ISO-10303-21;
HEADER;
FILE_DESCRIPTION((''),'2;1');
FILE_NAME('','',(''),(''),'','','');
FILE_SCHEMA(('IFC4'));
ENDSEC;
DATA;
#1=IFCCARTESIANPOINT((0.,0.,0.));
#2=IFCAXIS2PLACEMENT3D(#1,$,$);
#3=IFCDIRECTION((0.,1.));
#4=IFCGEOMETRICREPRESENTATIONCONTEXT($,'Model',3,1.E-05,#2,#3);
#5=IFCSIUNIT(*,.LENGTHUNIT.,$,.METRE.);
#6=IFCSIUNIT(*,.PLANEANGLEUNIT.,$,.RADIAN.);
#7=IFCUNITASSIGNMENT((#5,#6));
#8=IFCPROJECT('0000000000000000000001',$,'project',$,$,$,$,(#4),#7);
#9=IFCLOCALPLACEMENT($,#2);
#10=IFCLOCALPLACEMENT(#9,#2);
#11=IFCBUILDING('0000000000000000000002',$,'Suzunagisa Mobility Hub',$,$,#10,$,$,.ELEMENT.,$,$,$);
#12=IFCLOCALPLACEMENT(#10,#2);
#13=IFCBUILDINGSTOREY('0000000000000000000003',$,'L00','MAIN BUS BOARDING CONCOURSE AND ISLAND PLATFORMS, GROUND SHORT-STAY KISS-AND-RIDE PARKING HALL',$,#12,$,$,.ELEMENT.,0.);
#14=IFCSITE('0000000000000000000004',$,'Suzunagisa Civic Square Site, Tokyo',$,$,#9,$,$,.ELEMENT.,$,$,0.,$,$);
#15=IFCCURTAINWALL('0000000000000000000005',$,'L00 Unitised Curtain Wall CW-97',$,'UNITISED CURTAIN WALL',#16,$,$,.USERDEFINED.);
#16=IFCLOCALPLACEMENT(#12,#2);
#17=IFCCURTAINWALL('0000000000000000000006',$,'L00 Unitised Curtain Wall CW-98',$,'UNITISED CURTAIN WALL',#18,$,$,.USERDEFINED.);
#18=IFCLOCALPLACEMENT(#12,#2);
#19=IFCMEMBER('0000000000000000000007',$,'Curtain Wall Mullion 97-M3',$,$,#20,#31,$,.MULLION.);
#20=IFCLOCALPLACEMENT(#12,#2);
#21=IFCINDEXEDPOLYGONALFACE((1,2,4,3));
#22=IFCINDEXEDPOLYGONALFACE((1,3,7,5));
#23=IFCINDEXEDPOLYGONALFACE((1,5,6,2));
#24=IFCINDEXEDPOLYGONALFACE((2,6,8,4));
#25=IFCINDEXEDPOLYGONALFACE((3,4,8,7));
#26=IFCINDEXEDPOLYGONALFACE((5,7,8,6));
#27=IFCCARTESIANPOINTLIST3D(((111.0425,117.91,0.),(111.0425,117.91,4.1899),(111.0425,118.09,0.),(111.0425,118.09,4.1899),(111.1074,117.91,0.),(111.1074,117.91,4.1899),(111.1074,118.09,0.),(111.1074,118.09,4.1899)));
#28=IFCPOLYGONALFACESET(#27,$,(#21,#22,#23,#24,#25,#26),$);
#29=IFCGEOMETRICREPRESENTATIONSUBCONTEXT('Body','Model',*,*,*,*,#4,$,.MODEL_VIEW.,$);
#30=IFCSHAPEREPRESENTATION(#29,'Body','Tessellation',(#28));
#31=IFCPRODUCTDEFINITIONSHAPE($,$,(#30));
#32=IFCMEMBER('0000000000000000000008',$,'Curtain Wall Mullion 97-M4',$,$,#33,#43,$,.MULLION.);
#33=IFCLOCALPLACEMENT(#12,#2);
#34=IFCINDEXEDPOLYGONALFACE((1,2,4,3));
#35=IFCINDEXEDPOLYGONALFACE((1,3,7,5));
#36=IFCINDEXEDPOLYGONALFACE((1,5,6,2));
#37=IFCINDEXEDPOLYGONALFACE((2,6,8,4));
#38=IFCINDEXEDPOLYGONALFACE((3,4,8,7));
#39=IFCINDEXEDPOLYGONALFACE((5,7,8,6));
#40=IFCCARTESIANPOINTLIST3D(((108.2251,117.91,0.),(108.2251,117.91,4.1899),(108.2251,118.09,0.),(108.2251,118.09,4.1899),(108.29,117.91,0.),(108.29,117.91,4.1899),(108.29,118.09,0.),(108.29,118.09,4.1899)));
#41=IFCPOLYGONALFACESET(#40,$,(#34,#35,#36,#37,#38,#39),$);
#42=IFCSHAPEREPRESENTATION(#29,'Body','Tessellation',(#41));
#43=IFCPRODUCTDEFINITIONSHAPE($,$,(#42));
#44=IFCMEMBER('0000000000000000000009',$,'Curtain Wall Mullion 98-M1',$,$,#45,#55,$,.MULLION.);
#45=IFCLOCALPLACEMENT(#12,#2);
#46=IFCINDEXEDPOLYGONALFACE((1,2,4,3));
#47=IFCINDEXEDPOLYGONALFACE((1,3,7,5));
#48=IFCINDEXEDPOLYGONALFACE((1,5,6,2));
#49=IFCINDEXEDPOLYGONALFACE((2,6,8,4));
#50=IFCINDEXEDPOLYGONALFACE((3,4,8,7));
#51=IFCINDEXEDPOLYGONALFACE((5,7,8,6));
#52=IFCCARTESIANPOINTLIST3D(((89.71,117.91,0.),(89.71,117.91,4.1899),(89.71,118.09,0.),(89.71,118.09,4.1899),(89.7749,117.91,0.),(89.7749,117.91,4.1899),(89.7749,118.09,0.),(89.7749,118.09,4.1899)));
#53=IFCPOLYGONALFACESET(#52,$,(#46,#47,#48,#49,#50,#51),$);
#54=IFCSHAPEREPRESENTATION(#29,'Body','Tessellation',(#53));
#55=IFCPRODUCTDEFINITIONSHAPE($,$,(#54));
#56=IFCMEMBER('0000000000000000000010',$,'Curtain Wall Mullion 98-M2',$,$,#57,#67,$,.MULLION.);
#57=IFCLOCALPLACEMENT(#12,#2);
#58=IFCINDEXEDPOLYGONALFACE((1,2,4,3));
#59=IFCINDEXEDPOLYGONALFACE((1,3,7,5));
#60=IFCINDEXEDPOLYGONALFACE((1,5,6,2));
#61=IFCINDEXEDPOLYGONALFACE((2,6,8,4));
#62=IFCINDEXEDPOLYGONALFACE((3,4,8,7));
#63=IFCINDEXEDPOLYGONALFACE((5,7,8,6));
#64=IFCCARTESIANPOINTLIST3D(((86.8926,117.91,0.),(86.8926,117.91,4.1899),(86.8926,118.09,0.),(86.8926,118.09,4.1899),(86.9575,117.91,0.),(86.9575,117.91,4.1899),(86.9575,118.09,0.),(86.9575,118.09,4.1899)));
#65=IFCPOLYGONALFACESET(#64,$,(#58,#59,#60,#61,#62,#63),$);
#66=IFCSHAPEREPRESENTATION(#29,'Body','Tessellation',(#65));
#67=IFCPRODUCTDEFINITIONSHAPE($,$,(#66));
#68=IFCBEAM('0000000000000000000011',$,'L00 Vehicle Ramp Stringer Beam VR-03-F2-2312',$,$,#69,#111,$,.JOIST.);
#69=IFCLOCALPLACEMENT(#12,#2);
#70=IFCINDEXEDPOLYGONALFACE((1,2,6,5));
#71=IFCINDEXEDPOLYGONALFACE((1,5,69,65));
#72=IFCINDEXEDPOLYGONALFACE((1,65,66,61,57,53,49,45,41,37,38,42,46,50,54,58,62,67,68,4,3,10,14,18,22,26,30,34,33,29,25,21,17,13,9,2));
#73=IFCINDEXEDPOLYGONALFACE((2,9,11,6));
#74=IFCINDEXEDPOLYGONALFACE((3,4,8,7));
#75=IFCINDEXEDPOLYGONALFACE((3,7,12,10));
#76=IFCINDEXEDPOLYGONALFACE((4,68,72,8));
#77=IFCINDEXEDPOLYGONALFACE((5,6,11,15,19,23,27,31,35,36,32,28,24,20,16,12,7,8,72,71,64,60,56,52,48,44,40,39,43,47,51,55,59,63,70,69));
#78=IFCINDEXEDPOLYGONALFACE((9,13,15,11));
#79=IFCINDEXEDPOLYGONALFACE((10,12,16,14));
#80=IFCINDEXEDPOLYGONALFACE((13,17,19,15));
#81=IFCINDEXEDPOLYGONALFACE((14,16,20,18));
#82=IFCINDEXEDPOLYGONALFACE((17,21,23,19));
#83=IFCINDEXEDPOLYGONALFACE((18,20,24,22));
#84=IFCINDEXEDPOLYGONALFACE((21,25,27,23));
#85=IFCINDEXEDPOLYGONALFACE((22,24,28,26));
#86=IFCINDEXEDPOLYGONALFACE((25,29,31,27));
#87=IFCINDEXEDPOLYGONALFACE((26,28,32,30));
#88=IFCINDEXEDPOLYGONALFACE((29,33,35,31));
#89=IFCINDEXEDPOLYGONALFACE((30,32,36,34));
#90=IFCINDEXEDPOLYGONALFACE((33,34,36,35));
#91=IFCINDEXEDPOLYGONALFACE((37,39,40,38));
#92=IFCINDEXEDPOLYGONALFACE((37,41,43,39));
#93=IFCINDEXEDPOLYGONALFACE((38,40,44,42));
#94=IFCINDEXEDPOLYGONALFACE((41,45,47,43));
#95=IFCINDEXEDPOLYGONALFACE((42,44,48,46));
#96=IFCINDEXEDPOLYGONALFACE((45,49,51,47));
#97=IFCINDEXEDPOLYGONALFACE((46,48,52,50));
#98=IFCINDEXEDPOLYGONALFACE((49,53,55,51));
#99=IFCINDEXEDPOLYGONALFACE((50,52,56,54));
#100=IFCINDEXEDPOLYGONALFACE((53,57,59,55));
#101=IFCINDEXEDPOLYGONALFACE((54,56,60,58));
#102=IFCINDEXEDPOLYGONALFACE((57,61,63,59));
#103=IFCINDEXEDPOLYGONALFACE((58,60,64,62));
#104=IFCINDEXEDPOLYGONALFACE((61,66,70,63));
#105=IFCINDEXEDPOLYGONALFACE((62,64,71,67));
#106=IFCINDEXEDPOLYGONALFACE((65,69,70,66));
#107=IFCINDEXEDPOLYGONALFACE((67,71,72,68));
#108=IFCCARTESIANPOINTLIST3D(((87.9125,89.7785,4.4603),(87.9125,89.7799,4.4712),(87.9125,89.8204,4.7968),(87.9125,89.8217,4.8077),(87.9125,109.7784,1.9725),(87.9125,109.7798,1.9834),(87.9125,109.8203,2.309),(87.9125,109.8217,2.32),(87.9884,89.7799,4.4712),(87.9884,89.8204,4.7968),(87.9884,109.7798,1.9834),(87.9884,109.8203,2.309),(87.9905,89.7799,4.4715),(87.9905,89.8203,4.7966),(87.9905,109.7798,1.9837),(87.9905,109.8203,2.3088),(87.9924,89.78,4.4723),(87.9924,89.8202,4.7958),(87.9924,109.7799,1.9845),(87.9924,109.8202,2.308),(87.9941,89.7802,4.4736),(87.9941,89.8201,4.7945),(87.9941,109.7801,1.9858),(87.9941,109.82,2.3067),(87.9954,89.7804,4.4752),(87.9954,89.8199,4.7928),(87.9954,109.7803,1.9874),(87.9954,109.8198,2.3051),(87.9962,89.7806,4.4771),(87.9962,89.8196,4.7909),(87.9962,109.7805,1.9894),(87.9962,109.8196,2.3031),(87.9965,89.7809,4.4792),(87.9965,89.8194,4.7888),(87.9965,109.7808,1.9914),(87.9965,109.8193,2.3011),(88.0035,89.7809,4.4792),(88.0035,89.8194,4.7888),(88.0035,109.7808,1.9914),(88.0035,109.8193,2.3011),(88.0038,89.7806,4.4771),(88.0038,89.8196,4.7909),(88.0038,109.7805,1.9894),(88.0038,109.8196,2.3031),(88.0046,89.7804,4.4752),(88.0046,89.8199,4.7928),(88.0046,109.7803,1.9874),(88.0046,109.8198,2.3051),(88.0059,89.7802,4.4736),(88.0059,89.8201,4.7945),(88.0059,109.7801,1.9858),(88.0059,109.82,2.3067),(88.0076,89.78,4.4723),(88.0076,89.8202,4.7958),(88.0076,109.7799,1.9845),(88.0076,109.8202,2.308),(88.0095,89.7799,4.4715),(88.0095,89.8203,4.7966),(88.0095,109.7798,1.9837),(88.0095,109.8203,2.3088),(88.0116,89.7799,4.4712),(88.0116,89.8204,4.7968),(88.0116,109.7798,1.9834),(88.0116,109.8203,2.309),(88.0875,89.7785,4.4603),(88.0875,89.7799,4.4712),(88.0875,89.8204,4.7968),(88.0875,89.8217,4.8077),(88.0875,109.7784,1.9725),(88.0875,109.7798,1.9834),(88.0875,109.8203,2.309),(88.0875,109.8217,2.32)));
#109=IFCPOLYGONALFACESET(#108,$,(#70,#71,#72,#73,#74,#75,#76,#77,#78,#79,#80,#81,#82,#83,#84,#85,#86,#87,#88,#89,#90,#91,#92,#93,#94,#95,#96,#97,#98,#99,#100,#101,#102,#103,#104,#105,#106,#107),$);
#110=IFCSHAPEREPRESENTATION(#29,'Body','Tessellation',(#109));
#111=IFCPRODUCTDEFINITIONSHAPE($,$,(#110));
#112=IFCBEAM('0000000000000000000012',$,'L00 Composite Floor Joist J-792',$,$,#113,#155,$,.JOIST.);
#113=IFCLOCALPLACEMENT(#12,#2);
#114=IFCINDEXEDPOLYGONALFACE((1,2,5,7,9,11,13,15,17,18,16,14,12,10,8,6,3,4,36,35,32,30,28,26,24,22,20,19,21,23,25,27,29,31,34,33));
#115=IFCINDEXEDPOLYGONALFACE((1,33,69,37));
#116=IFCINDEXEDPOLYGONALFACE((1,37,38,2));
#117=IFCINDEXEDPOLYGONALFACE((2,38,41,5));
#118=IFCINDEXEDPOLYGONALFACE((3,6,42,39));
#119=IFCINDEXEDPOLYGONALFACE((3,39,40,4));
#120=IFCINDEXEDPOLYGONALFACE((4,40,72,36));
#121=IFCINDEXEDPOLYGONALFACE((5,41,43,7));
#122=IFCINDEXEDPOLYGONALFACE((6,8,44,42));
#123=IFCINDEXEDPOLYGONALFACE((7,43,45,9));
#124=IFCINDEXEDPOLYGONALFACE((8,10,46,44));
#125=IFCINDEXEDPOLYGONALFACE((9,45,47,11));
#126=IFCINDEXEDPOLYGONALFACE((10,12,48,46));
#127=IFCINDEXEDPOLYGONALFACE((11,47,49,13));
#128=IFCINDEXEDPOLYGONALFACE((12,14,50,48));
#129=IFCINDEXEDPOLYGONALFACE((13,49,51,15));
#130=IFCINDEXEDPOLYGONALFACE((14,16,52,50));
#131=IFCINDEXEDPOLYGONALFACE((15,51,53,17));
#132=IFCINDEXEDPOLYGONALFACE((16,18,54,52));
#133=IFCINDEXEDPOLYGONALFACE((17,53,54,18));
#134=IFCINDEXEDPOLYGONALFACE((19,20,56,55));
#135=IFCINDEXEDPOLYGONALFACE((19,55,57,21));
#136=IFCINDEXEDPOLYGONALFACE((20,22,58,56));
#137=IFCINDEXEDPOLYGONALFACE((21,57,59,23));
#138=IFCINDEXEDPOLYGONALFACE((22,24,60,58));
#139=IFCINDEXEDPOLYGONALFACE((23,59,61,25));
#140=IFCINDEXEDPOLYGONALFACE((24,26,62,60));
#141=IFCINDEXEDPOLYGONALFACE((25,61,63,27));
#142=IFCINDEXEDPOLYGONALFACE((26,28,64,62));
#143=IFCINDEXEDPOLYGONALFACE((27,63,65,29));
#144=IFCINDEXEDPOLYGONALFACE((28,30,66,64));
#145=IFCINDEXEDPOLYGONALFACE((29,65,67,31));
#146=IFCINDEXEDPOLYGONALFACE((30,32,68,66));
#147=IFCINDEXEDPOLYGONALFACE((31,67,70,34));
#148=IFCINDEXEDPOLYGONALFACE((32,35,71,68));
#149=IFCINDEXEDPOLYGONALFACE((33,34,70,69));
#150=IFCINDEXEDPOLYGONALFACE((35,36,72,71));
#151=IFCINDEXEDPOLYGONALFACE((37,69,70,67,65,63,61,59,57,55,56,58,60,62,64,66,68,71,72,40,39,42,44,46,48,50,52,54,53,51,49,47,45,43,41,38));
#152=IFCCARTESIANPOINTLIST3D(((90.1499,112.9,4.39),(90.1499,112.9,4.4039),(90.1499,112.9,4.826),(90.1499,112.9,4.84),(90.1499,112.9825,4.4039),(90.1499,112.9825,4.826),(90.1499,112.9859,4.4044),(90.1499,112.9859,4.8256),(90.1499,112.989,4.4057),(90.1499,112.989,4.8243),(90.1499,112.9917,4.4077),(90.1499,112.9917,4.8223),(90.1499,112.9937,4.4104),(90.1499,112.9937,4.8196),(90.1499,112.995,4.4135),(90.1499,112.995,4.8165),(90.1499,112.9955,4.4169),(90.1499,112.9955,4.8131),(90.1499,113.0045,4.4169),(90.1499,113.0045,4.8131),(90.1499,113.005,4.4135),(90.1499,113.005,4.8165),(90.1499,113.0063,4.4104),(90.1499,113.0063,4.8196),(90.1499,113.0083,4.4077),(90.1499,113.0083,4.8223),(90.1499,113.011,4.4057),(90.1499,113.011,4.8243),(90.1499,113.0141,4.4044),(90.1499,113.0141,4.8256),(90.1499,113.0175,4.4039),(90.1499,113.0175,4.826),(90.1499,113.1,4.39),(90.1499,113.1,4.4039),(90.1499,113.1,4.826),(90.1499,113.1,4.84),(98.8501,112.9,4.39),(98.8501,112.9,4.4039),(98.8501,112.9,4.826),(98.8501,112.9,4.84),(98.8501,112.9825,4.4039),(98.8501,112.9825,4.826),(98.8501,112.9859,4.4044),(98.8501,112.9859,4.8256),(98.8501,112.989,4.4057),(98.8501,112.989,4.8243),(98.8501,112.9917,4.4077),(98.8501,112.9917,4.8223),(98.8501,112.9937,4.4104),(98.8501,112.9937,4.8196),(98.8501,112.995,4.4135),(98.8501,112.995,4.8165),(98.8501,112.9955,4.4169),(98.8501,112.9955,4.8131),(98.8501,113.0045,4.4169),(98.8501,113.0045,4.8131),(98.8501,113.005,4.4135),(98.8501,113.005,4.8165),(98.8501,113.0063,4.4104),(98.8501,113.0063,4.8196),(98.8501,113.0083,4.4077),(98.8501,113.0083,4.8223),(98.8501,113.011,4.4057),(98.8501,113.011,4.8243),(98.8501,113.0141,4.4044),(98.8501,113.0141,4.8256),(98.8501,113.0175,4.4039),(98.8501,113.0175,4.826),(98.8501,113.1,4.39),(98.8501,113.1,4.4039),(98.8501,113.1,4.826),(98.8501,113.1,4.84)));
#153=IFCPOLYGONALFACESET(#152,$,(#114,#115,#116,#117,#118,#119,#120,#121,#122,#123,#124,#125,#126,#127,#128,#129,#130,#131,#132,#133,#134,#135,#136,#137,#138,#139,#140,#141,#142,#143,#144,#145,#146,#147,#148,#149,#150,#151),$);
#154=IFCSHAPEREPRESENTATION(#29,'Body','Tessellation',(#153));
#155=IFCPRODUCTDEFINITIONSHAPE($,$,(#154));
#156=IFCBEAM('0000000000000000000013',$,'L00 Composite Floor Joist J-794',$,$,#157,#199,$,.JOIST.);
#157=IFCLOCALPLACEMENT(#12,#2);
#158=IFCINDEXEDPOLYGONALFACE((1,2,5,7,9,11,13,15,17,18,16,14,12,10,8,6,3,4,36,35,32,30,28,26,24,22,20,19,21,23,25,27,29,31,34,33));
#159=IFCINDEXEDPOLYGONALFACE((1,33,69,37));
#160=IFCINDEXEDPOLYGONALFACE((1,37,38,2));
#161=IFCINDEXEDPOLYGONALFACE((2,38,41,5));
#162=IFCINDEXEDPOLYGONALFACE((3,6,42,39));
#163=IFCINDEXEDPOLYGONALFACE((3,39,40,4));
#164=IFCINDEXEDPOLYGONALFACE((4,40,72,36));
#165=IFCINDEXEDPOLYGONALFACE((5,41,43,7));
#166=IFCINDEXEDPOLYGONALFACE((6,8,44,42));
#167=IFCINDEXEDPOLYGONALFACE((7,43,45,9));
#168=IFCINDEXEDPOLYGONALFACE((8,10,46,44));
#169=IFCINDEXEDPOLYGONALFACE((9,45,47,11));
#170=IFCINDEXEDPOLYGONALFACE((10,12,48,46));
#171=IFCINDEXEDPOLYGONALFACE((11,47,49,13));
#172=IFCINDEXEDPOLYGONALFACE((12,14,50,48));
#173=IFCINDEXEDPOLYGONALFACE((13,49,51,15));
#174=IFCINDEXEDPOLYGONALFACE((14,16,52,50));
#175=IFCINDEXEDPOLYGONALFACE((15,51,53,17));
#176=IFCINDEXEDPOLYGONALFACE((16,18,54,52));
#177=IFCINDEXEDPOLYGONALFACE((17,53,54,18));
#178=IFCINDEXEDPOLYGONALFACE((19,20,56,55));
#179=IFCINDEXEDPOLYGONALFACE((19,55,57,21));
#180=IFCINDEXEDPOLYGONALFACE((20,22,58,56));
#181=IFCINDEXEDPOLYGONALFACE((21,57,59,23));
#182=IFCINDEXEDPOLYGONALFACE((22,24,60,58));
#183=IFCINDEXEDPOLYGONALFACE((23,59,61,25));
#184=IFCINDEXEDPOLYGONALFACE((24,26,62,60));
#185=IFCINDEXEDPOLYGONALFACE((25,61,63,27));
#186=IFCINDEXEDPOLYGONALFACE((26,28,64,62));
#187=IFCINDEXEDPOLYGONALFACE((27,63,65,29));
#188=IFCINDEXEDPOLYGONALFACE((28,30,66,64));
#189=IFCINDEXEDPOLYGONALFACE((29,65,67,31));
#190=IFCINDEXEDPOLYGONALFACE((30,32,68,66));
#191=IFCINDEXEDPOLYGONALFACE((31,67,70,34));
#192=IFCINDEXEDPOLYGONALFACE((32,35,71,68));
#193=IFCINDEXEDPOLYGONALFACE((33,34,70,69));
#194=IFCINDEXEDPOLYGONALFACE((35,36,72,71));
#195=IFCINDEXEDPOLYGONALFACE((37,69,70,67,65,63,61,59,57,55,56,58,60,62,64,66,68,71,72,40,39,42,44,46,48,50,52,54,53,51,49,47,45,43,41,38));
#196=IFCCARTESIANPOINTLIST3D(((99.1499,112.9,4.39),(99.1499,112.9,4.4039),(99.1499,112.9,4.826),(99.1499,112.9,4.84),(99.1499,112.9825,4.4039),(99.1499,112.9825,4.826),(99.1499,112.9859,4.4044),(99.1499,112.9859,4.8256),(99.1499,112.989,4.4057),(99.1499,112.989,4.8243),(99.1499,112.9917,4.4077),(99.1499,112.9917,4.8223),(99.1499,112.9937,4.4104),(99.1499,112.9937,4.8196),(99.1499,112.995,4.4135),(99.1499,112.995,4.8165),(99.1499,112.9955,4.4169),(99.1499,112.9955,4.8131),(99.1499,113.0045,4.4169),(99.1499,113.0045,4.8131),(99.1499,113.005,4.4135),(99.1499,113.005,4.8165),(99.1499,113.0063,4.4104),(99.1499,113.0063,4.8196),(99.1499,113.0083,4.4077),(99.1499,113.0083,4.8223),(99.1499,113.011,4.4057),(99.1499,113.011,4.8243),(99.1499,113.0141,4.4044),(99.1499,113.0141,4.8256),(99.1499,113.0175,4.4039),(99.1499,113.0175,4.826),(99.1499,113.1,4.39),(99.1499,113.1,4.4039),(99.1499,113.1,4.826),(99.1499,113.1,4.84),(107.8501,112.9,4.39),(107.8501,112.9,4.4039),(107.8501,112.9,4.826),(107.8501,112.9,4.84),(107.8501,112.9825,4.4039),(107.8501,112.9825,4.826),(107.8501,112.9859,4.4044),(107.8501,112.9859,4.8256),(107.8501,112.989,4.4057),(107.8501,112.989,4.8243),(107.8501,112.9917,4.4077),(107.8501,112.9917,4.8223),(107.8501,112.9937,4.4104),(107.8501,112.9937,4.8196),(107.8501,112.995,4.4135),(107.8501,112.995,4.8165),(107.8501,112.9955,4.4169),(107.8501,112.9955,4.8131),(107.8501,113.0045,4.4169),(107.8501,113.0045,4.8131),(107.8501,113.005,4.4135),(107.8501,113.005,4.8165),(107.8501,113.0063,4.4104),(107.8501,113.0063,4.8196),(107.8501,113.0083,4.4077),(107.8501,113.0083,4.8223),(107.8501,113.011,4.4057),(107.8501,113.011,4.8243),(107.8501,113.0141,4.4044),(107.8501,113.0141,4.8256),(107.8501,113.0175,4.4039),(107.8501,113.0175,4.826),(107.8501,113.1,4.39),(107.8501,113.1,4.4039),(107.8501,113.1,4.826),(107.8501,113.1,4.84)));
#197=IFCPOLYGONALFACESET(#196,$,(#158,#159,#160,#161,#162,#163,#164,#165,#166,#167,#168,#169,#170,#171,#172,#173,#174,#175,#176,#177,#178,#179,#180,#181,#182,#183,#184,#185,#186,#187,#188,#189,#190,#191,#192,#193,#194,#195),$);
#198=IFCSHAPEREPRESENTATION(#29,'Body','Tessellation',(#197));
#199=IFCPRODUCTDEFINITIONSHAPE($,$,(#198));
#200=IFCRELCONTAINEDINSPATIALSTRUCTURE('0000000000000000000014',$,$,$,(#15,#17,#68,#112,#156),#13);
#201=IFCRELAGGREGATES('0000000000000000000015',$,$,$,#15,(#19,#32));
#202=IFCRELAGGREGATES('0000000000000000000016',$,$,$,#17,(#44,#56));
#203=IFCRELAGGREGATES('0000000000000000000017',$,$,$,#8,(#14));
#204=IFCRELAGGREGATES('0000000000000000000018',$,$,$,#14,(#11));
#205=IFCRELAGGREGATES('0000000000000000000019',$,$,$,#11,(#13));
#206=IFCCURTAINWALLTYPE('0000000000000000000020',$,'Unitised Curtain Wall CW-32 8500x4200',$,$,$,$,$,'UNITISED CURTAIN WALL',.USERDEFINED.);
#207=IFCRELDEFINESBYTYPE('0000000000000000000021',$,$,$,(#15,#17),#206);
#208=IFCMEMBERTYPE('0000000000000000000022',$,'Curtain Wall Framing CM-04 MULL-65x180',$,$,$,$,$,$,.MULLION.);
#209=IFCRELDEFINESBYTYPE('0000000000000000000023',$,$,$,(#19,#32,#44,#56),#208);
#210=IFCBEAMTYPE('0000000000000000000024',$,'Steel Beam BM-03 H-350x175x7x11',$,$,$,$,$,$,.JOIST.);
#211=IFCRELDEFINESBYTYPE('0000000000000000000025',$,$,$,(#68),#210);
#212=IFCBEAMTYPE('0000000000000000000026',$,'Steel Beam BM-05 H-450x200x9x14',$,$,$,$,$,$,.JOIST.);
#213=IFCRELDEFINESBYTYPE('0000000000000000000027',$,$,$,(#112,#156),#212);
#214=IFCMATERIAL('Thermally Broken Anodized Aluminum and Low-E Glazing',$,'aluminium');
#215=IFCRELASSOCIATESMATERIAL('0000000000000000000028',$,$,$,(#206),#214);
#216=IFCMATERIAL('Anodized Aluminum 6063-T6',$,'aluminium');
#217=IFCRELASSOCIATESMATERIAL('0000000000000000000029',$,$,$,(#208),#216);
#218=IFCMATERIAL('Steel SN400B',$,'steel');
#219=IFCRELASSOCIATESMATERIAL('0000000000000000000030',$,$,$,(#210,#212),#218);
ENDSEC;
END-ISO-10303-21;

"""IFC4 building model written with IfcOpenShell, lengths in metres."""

from ifc_helpers import new_model, si_unit, direction, frame, origin, origin_2d, place, context, subcontext, project, spatial, rectangle, i_section, extrude, material, material_profile, profile_set, type_object, element, aggregate, save


model = new_model("IFC4")

# Units and contexts
model_context = context("Model", 3, precision=1e-05, world=origin(), true_north=direction((0.0, 1.0)))
body_context = subcontext(model_context, "Body", "Model", "MODEL_VIEW")
ifc_project = project(units=[si_unit("LENGTHUNIT", "METRE"), si_unit("PLANEANGLEUNIT", "RADIAN")], contexts=[model_context])

# Site, building, storey
site_placement = place(None, origin())
site = spatial("IfcSite", under=ifc_project, at=site_placement, Name="Suzunagisa Civic Square Site, Tokyo", CompositionType="ELEMENT", RefElevation=0.0)
building_placement = place(site_placement, origin())
building = spatial("IfcBuilding", under=site, at=building_placement, Name="Suzunagisa Mobility Hub", CompositionType="ELEMENT")
storey_placement = place(building_placement, origin())
storey = spatial("IfcBuildingStorey", under=building, at=storey_placement, Name="L00", Description="MAIN BUS BOARDING CONCOURSE AND ISLAND PLATFORMS, GROUND SHORT-STAY KISS-AND-RIDE PARKING HALL", CompositionType="ELEMENT", Elevation=0.0)

# Curtain walls
ifc_material_1 = material(Name="Thermally Broken Anodized Aluminum and Low-E Glazing", Category="aluminium")
curtain_wall_type = type_object("IfcCurtainWallType", Name="Unitised Curtain Wall CW-32 8500x4200", ElementType="UNITISED CURTAIN WALL", PredefinedType="USERDEFINED", material=ifc_material_1)
curtain_wall_1_placement = place(storey_placement, origin())
curtain_wall_1 = element("IfcCurtainWall", 1, at=curtain_wall_1_placement, inside=storey, type_object=curtain_wall_type, Name="L00 Unitised Curtain Wall CW-97", ObjectType="UNITISED CURTAIN WALL", PredefinedType="USERDEFINED")
ifc_material_2 = material(Name="Anodized Aluminum 6063-T6", Category="aluminium")
curtain_wall_2_placement = place(storey_placement, origin())
curtain_wall_2 = element("IfcCurtainWall", 2, at=curtain_wall_2_placement, inside=storey, type_object=curtain_wall_type, Name="L00 Unitised Curtain Wall CW-98", ObjectType="UNITISED CURTAIN WALL", PredefinedType="USERDEFINED")

# Members
ifc_material_profile_1 = material_profile(ifc_material_2, rectangle(XDim=0.0649, YDim=0.1799, at=origin_2d()), Name="MULL-65x180")
ifc_profile_set_1 = profile_set([ifc_material_profile_1], Name="Anodized Aluminum 6063-T6")
member_type_1 = type_object("IfcMemberType", Name="Curtain Wall Framing CM-04 MULL-65x180", PredefinedType="MULLION", material=ifc_profile_set_1)
member_1_placement = place(storey_placement, frame((111.075, 118.0, 0.0), z_axis=(0.0, 0.0, 1.0), x_axis=(-1.0, 0.0, 0.0)))
member_1 = element("IfcMember", 3, at=member_1_placement, type_object=member_type_1, Name="Curtain Wall Mullion 97-M3", PredefinedType="MULLION", context=body_context, shape_type="SweptSolid", body=[
    extrude(rectangle(XDim=0.0649, YDim=0.1799, at=origin_2d()), origin(), (0.0, 0.0, 1.0), 4.1899),
])
member_2_placement = place(storey_placement, frame((108.2576, 118.0, 0.0), z_axis=(0.0, 0.0, 1.0), x_axis=(-1.0, 0.0, 0.0)))
member_2 = element("IfcMember", 4, at=member_2_placement, type_object=member_type_1, Name="Curtain Wall Mullion 97-M4", PredefinedType="MULLION", context=body_context, shape_type="SweptSolid", body=[
    extrude(rectangle(XDim=0.0649, YDim=0.1799, at=origin_2d()), origin(), (0.0, 0.0, 1.0), 4.1899),
])
member_3_placement = place(storey_placement, frame((89.7424, 118.0, 0.0), z_axis=(0.0, 0.0, 1.0), x_axis=(-1.0, 0.0, 0.0)))
member_3 = element("IfcMember", 5, at=member_3_placement, type_object=member_type_1, Name="Curtain Wall Mullion 98-M1", PredefinedType="MULLION", context=body_context, shape_type="SweptSolid", body=[
    extrude(rectangle(XDim=0.0649, YDim=0.1799, at=origin_2d()), origin(), (0.0, 0.0, 1.0), 4.1899),
])
member_4_placement = place(storey_placement, frame((86.925, 118.0, 0.0), z_axis=(0.0, 0.0, 1.0), x_axis=(-1.0, 0.0, 0.0)))
member_4 = element("IfcMember", 6, at=member_4_placement, type_object=member_type_1, Name="Curtain Wall Mullion 98-M2", PredefinedType="MULLION", context=body_context, shape_type="SweptSolid", body=[
    extrude(rectangle(XDim=0.0649, YDim=0.1799, at=origin_2d()), origin(), (0.0, 0.0, 1.0), 4.1899),
])

# Beams
ifc_material_3 = material(Name="Steel SN400B", Category="steel")
ifc_material_profile_2 = material_profile(ifc_material_3, i_section(OverallWidth=0.175, OverallDepth=0.3501, WebThickness=0.0071, FlangeThickness=0.011, FilletRadius=0.0081, at=origin_2d()), Name="H-350x175x7x11")
ifc_profile_set_2 = profile_set([ifc_material_profile_2], Name="Steel SN400B")
beam_type_1 = type_object("IfcBeamType", Name="Steel Beam BM-03 H-350x175x7x11", PredefinedType="JOIST", material=ifc_profile_set_2)
beam_placement = place(storey_placement, frame((88.0, 109.8, 2.1462), z_axis=(0.0, -0.992352, 0.123438), x_axis=(1.0, 0.0, 0.0)))
element("IfcBeam", 7, at=beam_placement, inside=storey, type_object=beam_type_1, Name="L00 Vehicle Ramp Stringer Beam VR-03-F2-2312", PredefinedType="JOIST", context=body_context, shape_type="SweptSolid", body=[
    extrude(i_section(OverallWidth=0.175, OverallDepth=0.3501, WebThickness=0.0071, FlangeThickness=0.011, FilletRadius=0.0081, at=origin_2d()), origin(), (0.0, 0.0, 1.0), 20.1541),
])
ifc_material_profile_3 = material_profile(ifc_material_3, i_section(OverallWidth=0.2, OverallDepth=0.45, WebThickness=0.009, FlangeThickness=0.0139, FilletRadius=0.0129, at=origin_2d()), Name="H-450x200x9x14")
ifc_profile_set_3 = profile_set([ifc_material_profile_3], Name="Steel SN400B")
beam_type_2 = type_object("IfcBeamType", Name="Steel Beam BM-05 H-450x200x9x14", PredefinedType="JOIST", material=ifc_profile_set_3)
for number, where, z_axis, x_axis, name in (
    (8, (90.1499, 113.0, 4.615), (1.0, 0.0, 0.0), (0.0, 1.0, 0.0), "L00 Composite Floor Joist J-792"),
    (9, (99.1499, 113.0, 4.615), (1.0, 0.0, 0.0), (0.0, 1.0, 0.0), "L00 Composite Floor Joist J-794"),
):
    element("IfcBeam", number, at=place(storey_placement, frame(where, z_axis=z_axis, x_axis=x_axis)), inside=storey, type_object=beam_type_2, Name=name, PredefinedType="JOIST", context=body_context, shape_type="SweptSolid", body=[
        extrude(i_section(OverallWidth=0.2, OverallDepth=0.45, WebThickness=0.009, FlangeThickness=0.0139, FilletRadius=0.0129, at=origin_2d()), origin(), (0.0, 0.0, 1.0), 8.7002),
    ])

aggregate(curtain_wall_1, [member_1, member_2])
aggregate(curtain_wall_2, [member_3, member_4])

save(model, "model.ifc")
